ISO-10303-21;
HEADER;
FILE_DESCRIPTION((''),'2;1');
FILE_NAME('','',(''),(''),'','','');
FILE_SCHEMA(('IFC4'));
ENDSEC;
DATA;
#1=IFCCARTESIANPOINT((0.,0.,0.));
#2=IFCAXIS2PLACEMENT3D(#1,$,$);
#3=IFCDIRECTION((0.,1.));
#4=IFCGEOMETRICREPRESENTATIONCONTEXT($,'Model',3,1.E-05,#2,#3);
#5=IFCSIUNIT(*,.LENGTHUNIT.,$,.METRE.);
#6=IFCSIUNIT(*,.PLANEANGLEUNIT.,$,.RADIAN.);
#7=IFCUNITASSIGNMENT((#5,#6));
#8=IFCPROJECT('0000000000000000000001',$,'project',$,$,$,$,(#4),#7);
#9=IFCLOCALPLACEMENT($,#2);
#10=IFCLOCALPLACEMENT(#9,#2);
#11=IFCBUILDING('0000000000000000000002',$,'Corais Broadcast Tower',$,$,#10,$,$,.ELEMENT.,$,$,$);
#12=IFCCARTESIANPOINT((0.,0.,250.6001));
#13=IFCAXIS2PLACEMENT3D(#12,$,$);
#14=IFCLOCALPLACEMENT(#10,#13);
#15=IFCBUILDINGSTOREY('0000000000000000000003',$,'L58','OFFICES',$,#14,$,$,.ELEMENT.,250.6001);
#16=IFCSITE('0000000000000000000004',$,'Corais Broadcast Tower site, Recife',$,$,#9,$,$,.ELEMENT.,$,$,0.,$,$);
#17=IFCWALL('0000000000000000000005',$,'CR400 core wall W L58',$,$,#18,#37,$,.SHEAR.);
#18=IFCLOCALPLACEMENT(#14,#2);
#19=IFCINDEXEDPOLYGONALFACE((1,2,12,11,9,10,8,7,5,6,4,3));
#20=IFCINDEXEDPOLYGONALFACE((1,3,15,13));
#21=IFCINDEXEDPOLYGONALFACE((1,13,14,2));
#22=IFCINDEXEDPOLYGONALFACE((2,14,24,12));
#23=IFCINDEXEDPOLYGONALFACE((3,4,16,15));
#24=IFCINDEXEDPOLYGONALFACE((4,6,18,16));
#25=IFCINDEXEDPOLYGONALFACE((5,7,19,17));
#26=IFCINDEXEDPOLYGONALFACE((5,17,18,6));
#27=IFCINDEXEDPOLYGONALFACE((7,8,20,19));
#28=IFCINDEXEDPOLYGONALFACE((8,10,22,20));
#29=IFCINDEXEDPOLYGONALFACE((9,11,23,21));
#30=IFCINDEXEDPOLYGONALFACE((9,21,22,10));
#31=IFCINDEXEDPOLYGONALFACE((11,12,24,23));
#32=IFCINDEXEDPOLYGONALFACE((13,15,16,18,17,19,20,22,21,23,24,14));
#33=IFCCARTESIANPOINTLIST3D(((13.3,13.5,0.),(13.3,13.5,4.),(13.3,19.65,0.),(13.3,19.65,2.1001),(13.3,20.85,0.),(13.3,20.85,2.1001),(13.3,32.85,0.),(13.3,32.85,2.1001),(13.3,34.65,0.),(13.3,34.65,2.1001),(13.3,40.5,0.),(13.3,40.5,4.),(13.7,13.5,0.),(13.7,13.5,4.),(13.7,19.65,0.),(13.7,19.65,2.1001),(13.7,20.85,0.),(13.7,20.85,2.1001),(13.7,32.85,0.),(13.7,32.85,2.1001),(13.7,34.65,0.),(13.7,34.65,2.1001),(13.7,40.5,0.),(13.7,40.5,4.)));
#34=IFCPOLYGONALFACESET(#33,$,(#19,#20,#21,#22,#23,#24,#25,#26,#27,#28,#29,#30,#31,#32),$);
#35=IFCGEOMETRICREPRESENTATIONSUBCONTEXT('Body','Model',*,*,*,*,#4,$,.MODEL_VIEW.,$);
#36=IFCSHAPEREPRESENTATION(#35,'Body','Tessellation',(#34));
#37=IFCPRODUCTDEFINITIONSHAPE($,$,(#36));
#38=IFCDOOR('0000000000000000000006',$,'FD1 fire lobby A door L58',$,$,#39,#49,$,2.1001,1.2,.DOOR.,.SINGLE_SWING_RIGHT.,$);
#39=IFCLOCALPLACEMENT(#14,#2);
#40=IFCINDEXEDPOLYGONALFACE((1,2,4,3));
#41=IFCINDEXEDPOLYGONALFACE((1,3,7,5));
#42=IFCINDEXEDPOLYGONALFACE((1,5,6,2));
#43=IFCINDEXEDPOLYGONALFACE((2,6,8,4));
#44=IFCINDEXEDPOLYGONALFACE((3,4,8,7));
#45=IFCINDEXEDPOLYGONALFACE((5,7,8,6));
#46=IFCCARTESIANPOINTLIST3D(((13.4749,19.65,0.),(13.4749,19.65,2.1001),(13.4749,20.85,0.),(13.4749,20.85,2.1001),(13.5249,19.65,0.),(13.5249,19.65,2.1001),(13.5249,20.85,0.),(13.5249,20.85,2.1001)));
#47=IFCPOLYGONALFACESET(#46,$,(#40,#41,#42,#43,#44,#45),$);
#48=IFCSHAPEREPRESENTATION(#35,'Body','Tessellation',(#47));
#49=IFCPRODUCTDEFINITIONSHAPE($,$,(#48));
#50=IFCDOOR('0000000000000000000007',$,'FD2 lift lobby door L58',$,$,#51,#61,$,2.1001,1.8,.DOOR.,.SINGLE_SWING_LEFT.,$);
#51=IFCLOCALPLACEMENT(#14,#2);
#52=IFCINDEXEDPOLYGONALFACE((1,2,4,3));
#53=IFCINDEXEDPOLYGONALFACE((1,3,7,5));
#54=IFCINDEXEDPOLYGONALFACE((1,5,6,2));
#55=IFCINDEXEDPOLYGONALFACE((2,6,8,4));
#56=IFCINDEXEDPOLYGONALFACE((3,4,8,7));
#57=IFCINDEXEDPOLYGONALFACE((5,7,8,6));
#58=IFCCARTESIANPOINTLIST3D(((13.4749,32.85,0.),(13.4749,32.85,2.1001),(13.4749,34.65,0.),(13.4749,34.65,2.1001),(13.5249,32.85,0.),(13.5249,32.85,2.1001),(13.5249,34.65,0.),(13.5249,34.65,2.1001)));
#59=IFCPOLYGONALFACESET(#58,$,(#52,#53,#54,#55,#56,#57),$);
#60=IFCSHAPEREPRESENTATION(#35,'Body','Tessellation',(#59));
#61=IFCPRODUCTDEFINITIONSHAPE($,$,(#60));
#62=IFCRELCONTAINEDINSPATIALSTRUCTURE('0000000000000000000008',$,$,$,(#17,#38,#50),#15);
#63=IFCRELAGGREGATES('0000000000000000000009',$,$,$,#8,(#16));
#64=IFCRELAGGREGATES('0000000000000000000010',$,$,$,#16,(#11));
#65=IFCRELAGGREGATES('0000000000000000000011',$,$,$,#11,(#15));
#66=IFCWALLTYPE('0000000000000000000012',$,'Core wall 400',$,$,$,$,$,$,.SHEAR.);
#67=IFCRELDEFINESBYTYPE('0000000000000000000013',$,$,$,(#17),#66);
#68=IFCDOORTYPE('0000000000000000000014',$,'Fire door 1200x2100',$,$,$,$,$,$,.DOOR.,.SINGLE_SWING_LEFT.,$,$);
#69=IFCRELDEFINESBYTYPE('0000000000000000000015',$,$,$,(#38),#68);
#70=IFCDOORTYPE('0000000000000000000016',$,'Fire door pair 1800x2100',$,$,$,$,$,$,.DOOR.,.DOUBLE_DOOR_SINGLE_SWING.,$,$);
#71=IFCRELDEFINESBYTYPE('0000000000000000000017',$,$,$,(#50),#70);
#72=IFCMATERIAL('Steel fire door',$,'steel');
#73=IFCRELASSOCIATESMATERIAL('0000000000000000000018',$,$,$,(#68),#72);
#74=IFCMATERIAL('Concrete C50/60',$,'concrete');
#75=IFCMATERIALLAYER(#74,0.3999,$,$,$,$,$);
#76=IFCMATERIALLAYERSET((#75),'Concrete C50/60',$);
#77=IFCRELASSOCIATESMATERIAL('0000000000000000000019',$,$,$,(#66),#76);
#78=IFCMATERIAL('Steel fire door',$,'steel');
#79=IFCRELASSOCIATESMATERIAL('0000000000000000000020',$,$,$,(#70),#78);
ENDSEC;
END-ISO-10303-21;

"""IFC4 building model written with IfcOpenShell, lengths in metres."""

from ifc_helpers import new_model, si_unit, direction, frame, frame_2d, origin, place, context, subcontext, project, spatial, rectangle, extrude, material, layer, layer_set, type_object, element, fill, save


model = new_model("IFC4")

# Units and contexts
model_context = context("Model", 3, precision=1e-05, world=origin(), true_north=direction((0.0, 1.0)))
body_context = subcontext(model_context, "Body", "Model", "MODEL_VIEW")
ifc_project = project(units=[si_unit("LENGTHUNIT", "METRE"), si_unit("PLANEANGLEUNIT", "RADIAN")], contexts=[model_context])

# Site, building, storey
site_placement = place(None, origin())
site = spatial("IfcSite", under=ifc_project, at=site_placement, Name="Corais Broadcast Tower site, Recife", CompositionType="ELEMENT", RefElevation=0.0)
building_placement = place(site_placement, origin())
building = spatial("IfcBuilding", under=site, at=building_placement, Name="Corais Broadcast Tower", CompositionType="ELEMENT")
storey_placement = place(building_placement, frame((0.0, 0.0, 250.6001)))
storey = spatial("IfcBuildingStorey", under=building, at=storey_placement, Name="L58", Description="OFFICES", CompositionType="ELEMENT", Elevation=250.6001)

# Wall, openings, doors
ifc_material_1 = material(Name="Steel fire door", Category="steel")
door_type_1 = type_object("IfcDoorType", Name="Fire door 1200x2100", OperationType="SINGLE_SWING_LEFT", PredefinedType="DOOR", material=ifc_material_1)
ifc_material_2 = material(Name="Concrete C50/60", Category="concrete")
ifc_layer_1 = layer(ifc_material_2, 0.3999)
ifc_layer_set_1 = layer_set([ifc_layer_1], Name="Concrete C50/60")
wall_type_1 = type_object("IfcWallType", Name="Core wall 400", PredefinedType="SHEAR", material=ifc_layer_set_1)
wall_1_placement = place(storey_placement, frame((13.5, 40.5, 0.0), z_axis=(0.0, 0.0, 1.0), x_axis=(0.0, -1.0, 0.0)))
wall_1 = element("IfcWall", 1, at=wall_1_placement, inside=storey, type_object=wall_type_1, Name="CR400 core wall W L58", PredefinedType="SHEAR", context=body_context, shape_type="SweptSolid", body=[
    extrude(rectangle(XDim=27.0, YDim=0.3999, at=frame_2d((13.5, 0.0))), origin(), (0.0, 0.0, 1.0), 4.0),
])
opening_1_placement = place(wall_1_placement, frame((19.6499, 0.0, 0.0)))
opening_1 = element("IfcOpeningElement", 2, at=opening_1_placement, cuts=wall_1, PredefinedType="OPENING", context=body_context, shape_type="SweptSolid", body=[
    extrude(rectangle(XDim=1.2, YDim=2.1001, at=frame_2d((0.6001, 1.05))), frame((0.0, 0.21, 0.0), z_axis=(0.0, -1.0, 0.0), x_axis=(1.0, 0.0, 0.0)), (0.0, 0.0, 1.0), 0.4199),
])
opening_2_placement = place(wall_1_placement, frame((5.8501, 0.0, 0.0)))
opening_2 = element("IfcOpeningElement", 3, at=opening_2_placement, cuts=wall_1, PredefinedType="OPENING", context=body_context, shape_type="SweptSolid", body=[
    extrude(rectangle(XDim=1.8, YDim=2.1001, at=frame_2d((0.8999, 1.05))), frame((0.0, 0.21, 0.0), z_axis=(0.0, -1.0, 0.0), x_axis=(1.0, 0.0, 0.0)), (0.0, 0.0, 1.0), 0.4199),
])
door_1_placement = place(opening_1_placement, origin())
door_1 = element("IfcDoor", 4, at=door_1_placement, inside=storey, type_object=door_type_1, Name="FD1 fire lobby A door L58", OperationType="SINGLE_SWING_RIGHT", OverallHeight=2.1001, OverallWidth=1.2, PredefinedType="DOOR", context=body_context, shape_type="SweptSolid", body=[
    extrude(rectangle(XDim=1.2, YDim=2.1001, at=frame_2d((0.6001, 1.05))), frame((0.0, 0.0249, 0.0), z_axis=(0.0, -1.0, 0.0), x_axis=(1.0, 0.0, 0.0)), (0.0, 0.0, 1.0), 0.05),
])
fill(opening_1, door_1)
ifc_material_3 = material(Name="Steel fire door", Category="steel")
door_type_2 = type_object("IfcDoorType", Name="Fire door pair 1800x2100", OperationType="DOUBLE_DOOR_SINGLE_SWING", PredefinedType="DOOR", material=ifc_material_3)
door_2_placement = place(opening_2_placement, origin())
door_2 = element("IfcDoor", 5, at=door_2_placement, inside=storey, type_object=door_type_2, Name="FD2 lift lobby door L58", OperationType="SINGLE_SWING_LEFT", OverallHeight=2.1001, OverallWidth=1.8, PredefinedType="DOOR", context=body_context, shape_type="SweptSolid", body=[
    extrude(rectangle(XDim=1.8, YDim=2.1001, at=frame_2d((0.8999, 1.05))), frame((0.0, 0.0249, 0.0), z_axis=(0.0, -1.0, 0.0), x_axis=(1.0, 0.0, 0.0)), (0.0, 0.0, 1.0), 0.05),
])
fill(opening_2, door_2)

save(model, "model.ifc")
